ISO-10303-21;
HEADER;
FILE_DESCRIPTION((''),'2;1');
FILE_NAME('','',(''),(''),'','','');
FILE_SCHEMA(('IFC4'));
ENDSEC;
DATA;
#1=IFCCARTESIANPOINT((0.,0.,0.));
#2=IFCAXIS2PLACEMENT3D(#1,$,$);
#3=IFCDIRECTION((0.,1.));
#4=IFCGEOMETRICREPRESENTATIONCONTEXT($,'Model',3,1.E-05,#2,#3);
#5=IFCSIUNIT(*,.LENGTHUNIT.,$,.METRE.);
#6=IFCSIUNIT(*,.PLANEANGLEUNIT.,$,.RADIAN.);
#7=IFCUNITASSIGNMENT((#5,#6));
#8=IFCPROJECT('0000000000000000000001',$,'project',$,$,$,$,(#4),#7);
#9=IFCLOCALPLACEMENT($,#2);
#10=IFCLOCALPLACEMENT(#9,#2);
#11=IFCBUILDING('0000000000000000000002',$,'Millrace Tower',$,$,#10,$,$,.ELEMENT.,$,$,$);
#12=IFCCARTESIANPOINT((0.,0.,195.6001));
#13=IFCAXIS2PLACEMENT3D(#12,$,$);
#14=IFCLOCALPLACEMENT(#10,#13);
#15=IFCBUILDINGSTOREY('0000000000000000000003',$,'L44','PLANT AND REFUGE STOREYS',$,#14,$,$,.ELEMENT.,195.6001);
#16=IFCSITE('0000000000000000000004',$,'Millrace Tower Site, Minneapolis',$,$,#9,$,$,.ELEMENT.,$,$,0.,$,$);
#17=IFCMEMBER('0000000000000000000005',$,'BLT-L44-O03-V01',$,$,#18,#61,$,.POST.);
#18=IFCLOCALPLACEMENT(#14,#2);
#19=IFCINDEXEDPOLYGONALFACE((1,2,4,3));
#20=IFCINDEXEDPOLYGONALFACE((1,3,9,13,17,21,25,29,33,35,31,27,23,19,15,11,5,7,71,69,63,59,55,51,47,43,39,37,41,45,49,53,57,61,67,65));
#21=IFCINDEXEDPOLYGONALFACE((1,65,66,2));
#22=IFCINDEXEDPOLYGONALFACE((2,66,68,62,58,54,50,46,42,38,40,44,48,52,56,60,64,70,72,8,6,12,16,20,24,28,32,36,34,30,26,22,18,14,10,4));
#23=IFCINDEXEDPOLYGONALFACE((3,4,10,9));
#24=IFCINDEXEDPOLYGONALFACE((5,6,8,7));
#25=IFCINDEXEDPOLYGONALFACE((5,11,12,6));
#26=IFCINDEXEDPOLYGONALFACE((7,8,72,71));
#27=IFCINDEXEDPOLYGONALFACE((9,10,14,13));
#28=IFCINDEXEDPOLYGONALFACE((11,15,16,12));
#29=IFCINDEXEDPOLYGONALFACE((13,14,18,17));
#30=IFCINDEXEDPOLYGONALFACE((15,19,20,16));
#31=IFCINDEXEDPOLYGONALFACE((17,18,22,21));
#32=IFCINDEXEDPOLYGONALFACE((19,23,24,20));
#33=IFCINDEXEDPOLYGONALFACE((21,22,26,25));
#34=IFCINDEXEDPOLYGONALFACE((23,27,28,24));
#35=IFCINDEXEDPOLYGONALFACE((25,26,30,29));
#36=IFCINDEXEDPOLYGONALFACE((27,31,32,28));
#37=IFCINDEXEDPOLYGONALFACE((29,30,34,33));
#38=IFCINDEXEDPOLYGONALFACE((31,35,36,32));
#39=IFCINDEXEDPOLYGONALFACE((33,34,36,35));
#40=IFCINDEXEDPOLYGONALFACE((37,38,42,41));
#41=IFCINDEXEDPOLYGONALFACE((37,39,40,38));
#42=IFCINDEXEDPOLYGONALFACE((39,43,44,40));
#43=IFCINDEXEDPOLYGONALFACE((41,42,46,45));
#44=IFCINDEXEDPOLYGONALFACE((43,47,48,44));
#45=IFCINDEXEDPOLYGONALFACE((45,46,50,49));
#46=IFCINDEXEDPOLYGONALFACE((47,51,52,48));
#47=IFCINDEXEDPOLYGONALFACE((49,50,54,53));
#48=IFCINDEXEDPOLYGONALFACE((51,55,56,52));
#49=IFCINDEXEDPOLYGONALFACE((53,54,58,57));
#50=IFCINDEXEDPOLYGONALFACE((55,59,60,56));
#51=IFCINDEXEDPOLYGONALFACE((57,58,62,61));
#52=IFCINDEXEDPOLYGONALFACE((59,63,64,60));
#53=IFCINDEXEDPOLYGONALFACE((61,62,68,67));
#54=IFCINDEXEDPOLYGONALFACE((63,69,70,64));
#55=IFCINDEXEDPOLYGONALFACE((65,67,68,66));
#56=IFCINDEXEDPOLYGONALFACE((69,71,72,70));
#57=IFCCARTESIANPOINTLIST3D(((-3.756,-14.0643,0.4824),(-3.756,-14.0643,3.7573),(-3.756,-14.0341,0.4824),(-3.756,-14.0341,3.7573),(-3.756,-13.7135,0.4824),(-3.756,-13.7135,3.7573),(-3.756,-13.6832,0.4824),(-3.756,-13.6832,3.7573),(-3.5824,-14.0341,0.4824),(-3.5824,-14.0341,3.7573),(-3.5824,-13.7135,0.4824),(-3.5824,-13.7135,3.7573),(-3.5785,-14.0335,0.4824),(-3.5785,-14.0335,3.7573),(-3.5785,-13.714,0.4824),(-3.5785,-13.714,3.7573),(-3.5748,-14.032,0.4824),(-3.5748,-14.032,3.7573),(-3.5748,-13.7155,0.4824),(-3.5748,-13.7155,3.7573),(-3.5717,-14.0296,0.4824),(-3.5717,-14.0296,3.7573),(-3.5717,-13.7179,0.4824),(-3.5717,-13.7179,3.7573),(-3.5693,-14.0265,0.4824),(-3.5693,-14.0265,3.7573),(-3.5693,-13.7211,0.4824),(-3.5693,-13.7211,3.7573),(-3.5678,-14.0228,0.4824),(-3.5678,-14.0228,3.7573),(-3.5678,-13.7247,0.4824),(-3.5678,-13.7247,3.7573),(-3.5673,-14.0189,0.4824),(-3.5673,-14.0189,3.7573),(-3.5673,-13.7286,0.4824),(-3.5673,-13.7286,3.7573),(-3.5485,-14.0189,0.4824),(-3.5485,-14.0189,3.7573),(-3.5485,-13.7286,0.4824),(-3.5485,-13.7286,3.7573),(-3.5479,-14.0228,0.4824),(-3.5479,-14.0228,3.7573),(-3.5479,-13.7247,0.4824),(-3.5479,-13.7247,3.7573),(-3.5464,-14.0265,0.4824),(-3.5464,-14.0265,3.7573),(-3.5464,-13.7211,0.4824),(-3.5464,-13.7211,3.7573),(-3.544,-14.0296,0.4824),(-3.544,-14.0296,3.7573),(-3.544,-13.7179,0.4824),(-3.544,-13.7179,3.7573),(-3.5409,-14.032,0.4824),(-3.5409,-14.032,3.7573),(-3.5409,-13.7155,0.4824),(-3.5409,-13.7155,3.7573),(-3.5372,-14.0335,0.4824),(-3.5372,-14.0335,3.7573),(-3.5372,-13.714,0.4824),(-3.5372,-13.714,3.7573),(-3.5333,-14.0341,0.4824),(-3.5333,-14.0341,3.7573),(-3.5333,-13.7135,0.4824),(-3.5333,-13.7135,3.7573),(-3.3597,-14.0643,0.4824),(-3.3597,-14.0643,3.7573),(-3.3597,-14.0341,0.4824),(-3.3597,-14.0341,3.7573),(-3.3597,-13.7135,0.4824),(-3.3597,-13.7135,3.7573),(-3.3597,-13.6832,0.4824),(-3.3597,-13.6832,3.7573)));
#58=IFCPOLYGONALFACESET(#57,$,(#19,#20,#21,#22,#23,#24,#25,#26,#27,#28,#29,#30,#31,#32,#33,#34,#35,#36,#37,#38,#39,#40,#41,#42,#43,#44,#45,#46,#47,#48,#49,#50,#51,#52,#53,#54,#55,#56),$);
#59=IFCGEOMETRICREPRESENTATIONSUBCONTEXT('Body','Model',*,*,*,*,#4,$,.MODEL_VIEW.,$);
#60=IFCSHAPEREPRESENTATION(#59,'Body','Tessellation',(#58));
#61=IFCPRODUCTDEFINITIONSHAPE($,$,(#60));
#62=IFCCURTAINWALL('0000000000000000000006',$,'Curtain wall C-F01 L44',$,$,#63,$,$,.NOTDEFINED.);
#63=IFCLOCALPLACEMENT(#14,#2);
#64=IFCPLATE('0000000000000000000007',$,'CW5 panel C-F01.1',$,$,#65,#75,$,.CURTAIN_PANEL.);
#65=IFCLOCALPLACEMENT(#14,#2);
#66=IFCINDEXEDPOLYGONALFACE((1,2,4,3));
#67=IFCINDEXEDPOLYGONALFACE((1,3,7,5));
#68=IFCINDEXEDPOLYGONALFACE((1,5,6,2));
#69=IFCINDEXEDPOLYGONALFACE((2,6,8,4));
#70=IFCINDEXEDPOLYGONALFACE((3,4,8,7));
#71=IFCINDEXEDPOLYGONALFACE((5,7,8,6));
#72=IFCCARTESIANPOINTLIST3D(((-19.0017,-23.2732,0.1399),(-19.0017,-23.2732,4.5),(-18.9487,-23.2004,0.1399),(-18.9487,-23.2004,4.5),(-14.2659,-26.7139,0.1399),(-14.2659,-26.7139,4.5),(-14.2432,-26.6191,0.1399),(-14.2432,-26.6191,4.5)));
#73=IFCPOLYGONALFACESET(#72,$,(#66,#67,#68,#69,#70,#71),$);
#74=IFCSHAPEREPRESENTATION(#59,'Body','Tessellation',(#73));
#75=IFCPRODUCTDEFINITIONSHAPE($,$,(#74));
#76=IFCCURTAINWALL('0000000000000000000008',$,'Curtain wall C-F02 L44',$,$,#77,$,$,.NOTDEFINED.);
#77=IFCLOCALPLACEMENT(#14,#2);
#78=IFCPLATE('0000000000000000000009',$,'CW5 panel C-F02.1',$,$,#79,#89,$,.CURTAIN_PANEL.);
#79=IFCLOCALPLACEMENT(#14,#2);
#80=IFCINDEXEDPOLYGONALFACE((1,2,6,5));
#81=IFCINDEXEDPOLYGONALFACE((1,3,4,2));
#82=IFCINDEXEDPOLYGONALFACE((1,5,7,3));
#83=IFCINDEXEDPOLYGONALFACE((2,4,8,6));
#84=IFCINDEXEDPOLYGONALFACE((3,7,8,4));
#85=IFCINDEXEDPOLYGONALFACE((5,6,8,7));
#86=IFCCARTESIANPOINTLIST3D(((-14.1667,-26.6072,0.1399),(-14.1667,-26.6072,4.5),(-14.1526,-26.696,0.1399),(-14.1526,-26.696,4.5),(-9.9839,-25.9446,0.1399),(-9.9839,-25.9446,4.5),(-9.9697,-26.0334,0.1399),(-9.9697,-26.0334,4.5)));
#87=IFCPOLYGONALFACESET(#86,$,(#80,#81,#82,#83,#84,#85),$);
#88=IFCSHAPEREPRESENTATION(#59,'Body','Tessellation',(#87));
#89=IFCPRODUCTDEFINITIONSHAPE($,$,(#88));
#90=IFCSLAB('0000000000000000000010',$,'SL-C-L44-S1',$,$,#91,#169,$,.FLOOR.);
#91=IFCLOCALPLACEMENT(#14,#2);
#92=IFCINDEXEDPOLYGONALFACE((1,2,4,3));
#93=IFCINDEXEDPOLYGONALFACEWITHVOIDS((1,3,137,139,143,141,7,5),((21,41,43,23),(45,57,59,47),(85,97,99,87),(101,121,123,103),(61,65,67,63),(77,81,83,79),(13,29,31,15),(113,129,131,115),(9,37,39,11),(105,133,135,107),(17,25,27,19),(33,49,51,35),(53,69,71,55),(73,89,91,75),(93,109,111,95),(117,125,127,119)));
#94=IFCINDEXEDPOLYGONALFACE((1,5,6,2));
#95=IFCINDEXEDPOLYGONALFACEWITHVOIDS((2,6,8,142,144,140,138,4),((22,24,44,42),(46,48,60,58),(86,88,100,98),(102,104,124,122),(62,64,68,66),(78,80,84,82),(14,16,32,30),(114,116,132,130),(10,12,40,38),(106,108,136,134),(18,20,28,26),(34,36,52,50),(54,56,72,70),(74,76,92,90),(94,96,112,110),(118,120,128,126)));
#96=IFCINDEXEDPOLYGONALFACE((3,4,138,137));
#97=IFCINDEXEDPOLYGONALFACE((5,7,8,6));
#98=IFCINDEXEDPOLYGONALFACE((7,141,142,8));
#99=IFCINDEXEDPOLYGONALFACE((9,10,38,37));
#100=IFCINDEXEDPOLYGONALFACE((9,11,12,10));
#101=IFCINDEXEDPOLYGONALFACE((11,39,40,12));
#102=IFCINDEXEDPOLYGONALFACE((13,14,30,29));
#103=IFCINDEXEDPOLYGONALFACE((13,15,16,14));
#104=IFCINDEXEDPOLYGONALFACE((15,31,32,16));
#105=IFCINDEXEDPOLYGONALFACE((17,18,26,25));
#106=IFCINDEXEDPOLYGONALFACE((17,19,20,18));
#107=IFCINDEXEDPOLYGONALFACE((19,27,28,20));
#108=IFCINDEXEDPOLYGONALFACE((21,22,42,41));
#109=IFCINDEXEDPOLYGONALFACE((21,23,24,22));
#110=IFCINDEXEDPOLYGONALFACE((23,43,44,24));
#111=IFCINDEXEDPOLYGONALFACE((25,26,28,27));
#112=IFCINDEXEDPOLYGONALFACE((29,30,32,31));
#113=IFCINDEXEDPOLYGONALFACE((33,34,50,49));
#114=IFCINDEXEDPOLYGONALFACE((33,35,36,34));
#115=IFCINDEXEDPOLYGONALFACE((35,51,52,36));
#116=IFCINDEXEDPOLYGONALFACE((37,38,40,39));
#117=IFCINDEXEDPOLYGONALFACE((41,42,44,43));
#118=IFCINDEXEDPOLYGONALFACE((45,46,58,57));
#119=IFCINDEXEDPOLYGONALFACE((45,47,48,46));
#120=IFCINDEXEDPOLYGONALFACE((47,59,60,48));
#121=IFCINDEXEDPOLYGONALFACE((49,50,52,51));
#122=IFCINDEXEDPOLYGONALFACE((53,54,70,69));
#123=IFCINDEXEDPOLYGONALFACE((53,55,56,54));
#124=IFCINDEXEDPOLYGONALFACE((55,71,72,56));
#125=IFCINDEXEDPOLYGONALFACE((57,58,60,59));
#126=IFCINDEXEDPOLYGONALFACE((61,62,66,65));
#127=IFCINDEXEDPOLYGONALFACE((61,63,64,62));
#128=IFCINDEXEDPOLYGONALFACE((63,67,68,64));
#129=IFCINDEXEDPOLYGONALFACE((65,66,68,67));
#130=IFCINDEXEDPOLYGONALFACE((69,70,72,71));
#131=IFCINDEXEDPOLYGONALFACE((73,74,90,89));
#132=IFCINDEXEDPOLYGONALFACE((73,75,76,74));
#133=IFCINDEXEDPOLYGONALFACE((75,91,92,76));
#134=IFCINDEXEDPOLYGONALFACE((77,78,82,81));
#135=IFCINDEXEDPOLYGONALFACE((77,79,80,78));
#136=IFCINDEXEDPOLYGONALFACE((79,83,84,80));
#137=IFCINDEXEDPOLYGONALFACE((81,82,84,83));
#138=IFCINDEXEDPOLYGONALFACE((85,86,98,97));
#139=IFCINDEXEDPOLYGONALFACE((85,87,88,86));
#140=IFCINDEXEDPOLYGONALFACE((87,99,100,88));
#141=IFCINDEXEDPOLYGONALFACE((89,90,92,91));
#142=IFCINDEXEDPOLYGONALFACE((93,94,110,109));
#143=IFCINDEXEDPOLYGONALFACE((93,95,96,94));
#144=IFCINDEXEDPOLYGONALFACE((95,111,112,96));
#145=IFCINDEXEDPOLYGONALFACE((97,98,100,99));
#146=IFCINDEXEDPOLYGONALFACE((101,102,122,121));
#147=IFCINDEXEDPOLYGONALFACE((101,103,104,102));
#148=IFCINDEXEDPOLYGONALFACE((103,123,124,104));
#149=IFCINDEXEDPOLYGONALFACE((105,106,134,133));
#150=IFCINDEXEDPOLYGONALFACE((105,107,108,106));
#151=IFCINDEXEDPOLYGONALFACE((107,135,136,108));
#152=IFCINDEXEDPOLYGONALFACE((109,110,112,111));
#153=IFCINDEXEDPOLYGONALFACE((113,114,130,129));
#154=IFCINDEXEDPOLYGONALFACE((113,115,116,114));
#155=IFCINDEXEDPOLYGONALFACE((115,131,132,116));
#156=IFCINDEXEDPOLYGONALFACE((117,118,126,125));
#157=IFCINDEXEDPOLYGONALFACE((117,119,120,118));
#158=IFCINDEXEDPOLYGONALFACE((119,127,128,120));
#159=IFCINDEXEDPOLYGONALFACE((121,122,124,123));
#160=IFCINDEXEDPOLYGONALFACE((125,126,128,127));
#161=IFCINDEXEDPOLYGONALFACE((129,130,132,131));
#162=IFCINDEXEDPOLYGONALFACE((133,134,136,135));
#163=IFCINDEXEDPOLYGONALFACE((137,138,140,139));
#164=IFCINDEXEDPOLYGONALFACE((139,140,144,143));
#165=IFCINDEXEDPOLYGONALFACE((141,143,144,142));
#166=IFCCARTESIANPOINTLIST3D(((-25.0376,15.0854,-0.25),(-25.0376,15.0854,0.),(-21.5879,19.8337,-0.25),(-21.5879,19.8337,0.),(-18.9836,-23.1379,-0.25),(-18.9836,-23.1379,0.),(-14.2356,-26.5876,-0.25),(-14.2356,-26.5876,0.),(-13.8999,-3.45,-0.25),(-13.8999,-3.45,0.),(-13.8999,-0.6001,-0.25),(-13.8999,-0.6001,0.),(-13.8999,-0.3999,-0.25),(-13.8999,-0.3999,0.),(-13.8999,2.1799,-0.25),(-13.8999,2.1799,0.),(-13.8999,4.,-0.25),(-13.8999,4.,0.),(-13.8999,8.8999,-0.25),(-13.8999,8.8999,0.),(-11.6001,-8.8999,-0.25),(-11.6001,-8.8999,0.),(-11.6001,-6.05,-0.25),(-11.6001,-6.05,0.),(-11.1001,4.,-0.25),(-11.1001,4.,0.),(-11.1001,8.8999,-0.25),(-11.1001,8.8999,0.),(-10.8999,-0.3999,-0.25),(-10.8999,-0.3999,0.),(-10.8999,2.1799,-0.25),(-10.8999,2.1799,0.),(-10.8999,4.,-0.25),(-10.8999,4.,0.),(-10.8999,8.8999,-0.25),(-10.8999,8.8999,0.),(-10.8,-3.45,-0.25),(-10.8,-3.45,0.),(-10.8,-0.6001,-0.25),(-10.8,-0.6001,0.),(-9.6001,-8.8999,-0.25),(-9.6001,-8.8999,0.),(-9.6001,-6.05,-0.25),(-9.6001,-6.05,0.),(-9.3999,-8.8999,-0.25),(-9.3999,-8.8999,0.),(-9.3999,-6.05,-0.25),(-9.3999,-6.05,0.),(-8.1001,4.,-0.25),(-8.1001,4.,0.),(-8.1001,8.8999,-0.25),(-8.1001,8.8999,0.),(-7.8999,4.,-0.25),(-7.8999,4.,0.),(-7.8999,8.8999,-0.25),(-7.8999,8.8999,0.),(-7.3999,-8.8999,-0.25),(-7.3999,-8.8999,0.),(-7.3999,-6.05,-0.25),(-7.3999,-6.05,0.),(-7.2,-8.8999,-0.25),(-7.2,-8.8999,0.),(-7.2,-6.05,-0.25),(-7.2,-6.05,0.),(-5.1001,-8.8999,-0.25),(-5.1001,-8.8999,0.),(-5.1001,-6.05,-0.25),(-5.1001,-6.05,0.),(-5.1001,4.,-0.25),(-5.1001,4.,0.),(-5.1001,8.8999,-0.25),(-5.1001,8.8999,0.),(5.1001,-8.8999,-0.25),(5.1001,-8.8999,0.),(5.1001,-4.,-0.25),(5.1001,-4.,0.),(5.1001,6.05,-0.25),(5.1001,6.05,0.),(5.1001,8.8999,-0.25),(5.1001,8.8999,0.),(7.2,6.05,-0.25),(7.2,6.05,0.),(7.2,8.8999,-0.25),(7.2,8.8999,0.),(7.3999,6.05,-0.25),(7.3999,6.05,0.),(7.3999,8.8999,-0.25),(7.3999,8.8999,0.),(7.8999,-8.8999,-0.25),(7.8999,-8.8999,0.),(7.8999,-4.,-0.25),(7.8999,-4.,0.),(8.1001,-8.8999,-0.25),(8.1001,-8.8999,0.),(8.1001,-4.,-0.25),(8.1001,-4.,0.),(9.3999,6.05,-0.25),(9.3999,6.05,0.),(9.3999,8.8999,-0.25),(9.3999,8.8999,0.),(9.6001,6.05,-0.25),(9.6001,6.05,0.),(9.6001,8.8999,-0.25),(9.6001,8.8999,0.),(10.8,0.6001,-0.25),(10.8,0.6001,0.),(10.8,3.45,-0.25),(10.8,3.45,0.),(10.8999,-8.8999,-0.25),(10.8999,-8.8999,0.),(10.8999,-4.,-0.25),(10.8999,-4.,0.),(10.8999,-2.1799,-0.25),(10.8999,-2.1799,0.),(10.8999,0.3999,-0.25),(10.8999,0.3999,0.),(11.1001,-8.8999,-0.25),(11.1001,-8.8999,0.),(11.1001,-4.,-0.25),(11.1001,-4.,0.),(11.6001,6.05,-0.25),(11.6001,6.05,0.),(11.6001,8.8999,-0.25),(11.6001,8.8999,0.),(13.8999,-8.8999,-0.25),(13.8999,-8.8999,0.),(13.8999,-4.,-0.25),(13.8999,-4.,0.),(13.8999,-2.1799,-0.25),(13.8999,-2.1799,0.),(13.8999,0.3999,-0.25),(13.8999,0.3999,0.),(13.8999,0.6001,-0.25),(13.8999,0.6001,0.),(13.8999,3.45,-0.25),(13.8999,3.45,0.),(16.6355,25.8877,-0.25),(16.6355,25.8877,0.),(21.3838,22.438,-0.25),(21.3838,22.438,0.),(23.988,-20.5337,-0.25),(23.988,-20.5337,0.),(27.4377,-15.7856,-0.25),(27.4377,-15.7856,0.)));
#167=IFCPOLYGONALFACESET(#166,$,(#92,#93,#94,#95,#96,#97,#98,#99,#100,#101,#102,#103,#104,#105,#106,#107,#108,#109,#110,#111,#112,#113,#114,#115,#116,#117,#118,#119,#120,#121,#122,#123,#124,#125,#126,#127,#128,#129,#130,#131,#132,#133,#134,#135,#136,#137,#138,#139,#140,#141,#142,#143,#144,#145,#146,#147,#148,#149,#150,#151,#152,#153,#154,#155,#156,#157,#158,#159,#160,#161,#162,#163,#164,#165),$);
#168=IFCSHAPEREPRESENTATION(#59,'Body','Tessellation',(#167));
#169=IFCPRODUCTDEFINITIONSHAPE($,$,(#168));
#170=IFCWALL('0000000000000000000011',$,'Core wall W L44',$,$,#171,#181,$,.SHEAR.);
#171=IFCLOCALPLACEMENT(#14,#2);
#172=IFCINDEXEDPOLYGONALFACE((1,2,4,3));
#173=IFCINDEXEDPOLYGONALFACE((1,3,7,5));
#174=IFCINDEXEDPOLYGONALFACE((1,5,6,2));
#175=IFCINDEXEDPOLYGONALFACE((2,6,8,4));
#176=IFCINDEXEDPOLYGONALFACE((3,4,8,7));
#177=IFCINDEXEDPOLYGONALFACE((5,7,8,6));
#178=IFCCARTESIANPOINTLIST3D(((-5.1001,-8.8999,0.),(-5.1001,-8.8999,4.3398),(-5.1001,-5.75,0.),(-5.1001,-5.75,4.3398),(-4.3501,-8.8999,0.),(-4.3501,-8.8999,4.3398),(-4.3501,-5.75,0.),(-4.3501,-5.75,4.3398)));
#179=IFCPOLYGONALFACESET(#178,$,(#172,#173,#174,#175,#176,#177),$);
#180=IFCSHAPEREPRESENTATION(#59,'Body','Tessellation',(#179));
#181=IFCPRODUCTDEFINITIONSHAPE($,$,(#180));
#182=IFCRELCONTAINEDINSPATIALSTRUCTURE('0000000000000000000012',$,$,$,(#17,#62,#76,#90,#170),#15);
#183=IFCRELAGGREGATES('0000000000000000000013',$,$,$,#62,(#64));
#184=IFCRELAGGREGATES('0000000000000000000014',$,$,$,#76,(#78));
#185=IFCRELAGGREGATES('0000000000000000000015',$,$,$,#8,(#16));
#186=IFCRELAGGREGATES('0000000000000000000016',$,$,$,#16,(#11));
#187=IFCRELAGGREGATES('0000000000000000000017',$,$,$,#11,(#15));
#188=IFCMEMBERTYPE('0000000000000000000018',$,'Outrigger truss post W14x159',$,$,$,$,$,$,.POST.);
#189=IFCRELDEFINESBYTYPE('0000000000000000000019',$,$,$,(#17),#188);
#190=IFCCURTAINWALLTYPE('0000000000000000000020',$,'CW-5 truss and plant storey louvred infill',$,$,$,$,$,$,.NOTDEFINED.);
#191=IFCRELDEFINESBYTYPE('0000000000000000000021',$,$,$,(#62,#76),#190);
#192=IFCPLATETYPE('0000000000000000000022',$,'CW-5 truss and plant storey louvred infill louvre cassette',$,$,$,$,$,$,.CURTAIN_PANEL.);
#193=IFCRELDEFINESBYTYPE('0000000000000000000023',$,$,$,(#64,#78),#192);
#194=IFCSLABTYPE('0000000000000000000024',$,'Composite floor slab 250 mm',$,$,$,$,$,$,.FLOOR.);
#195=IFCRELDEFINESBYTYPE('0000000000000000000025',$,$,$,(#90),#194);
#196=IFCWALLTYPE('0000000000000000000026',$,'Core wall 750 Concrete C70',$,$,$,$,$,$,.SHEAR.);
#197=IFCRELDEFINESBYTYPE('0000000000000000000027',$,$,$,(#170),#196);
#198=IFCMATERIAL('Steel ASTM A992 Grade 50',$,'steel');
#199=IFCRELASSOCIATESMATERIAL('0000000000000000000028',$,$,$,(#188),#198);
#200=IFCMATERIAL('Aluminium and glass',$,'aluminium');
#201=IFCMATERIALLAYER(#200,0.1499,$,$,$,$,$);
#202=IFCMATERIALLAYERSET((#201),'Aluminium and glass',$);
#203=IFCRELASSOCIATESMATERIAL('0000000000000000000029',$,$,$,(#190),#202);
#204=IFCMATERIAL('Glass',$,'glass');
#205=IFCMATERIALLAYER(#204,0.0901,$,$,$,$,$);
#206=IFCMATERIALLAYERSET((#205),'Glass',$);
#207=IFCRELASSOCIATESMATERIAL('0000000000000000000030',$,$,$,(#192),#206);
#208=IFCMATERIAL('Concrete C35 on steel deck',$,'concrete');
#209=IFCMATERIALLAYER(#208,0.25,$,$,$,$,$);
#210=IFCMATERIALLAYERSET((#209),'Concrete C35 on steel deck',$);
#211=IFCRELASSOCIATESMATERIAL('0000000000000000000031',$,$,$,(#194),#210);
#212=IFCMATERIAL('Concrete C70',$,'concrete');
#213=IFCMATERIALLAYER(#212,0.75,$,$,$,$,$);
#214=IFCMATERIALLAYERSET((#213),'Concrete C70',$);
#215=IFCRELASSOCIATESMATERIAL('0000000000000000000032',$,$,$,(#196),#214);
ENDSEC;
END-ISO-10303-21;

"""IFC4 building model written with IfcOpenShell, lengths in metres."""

from ifc_helpers import new_model, si_unit, direction, frame, frame_2d, origin, origin_2d, place, context, subcontext, project, spatial, polyline, rectangle, i_section, outline, extrude, material, layer, layer_set, material_profile, profile_set, type_object, element, aggregate, save


model = new_model("IFC4")

# Units and contexts
model_context = context("Model", 3, precision=1e-05, world=origin(), true_north=direction((0.0, 1.0)))
body_context = subcontext(model_context, "Body", "Model", "MODEL_VIEW")
ifc_project = project(units=[si_unit("LENGTHUNIT", "METRE"), si_unit("PLANEANGLEUNIT", "RADIAN")], contexts=[model_context])

# Site, building, storey
site_placement = place(None, origin())
site = spatial("IfcSite", under=ifc_project, at=site_placement, Name="Millrace Tower Site, Minneapolis", CompositionType="ELEMENT", RefElevation=0.0)
building_placement = place(site_placement, origin())
building = spatial("IfcBuilding", under=site, at=building_placement, Name="Millrace Tower", CompositionType="ELEMENT")
storey_placement = place(building_placement, frame((0.0, 0.0, 195.6001)))
storey = spatial("IfcBuildingStorey", under=building, at=storey_placement, Name="L44", Description="PLANT AND REFUGE STOREYS", CompositionType="ELEMENT", Elevation=195.6001)

# Member
ifc_material_1 = material(Name="Steel ASTM A992 Grade 50", Category="steel")
ifc_material_profile_1 = material_profile(ifc_material_1, i_section(OverallWidth=0.3962, OverallDepth=0.3811, WebThickness=0.0188, FlangeThickness=0.0303, FilletRadius=0.0151, at=origin_2d()))
ifc_profile_set_1 = profile_set([ifc_material_profile_1], Name="Steel ASTM A992 Grade 50")
member_type_1 = type_object("IfcMemberType", Name="Outrigger truss post W14x159", PredefinedType="POST", material=ifc_profile_set_1)
for number, where, z_axis, x_axis, name in (
    (1, (-3.5579, -13.8738, 0.4824), (0.0, 0.0, 1.0), (1.0, 0.0, 0.0), "BLT-L44-O03-V01"),
):
    element("IfcMember", number, at=place(storey_placement, frame(where, z_axis=z_axis, x_axis=x_axis)), inside=storey, type_object=member_type_1, Name=name, PredefinedType="POST", context=body_context, shape_type="SweptSolid", body=[
        extrude(i_section(OverallWidth=0.3962, OverallDepth=0.3811, WebThickness=0.0188, FlangeThickness=0.0303, FilletRadius=0.0151, at=origin_2d()), origin(), (0.0, 0.0, 1.0), 3.2749),
    ])

# Curtain walls, plates
ifc_material_2 = material(Name="Aluminium and glass", Category="aluminium")
ifc_layer_1 = layer(ifc_material_2, 0.1499)
ifc_layer_set_1 = layer_set([ifc_layer_1], Name="Aluminium and glass")
curtain_wall_type = type_object("IfcCurtainWallType", Name="CW-5 truss and plant storey louvred infill", PredefinedType="NOTDEFINED", material=ifc_layer_set_1)
placement_1 = place(storey_placement, origin())
curtain_wall_1 = element("IfcCurtainWall", 2, at=placement_1, inside=storey, type_object=curtain_wall_type, Name="Curtain wall C-F01 L44", PredefinedType="NOTDEFINED")
ifc_material_3 = material(Name="Glass", Category="glass")
ifc_layer_2 = layer(ifc_material_3, 0.0901)
ifc_layer_set_2 = layer_set([ifc_layer_2], Name="Glass")
plate_type = type_object("IfcPlateType", Name="CW-5 truss and plant storey louvred infill louvre cassette", PredefinedType="CURTAIN_PANEL", material=ifc_layer_set_2)
placement_2 = place(storey_placement, frame((0.0, 0.0, 0.1399)))
plate_1 = element("IfcPlate", 3, at=placement_2, type_object=plate_type, Name="CW5 panel C-F01.1", PredefinedType="CURTAIN_PANEL", context=body_context, shape_type="SweptSolid", body=[
    extrude(outline(polyline([(-19.0017, -23.2732), (-14.2659, -26.7139), (-14.2432, -26.6191), (-18.9487, -23.2004), (-19.0017, -23.2732)])), origin(), (0.0, 0.0, 1.0), 4.3601),
])
aggregate(curtain_wall_1, [plate_1])
curtain_wall_2 = element("IfcCurtainWall", 4, at=placement_1, inside=storey, type_object=curtain_wall_type, Name="Curtain wall C-F02 L44", PredefinedType="NOTDEFINED")
plate_2 = element("IfcPlate", 5, at=placement_2, type_object=plate_type, Name="CW5 panel C-F02.1", PredefinedType="CURTAIN_PANEL", context=body_context, shape_type="SweptSolid", body=[
    extrude(outline(polyline([(-14.1526, -26.696), (-9.9697, -26.0334), (-9.9839, -25.9446), (-14.1667, -26.6072), (-14.1526, -26.696)])), origin(), (0.0, 0.0, 1.0), 4.3601),
])
aggregate(curtain_wall_2, [plate_2])

# Slab
ifc_material_4 = material(Name="Concrete C35 on steel deck", Category="concrete")
ifc_layer_3 = layer(ifc_material_4, 0.25)
ifc_layer_set_3 = layer_set([ifc_layer_3], Name="Concrete C35 on steel deck")
slab_type = type_object("IfcSlabType", Name="Composite floor slab 250 mm", PredefinedType="FLOOR", material=ifc_layer_set_3)
slab_placement = place(storey_placement, frame((0.0, 0.0, -0.25)))
element("IfcSlab", 6, at=slab_placement, inside=storey, type_object=slab_type, Name="SL-C-L44-S1", PredefinedType="FLOOR", context=body_context, shape_type="SweptSolid", body=[
    extrude(outline(polyline([(-18.9836, -23.1379), (-14.2356, -26.5876), (23.988, -20.5337), (27.4377, -15.7856), (21.3838, 22.438), (16.6355, 25.8877), (-21.5879, 19.8337), (-25.0376, 15.0854), (-18.9836, -23.1379)]), holes=[polyline([(-11.6001, -8.8999), (-9.6001, -8.8999), (-9.6001, -6.05), (-11.6001, -6.05), (-11.6001, -8.8999)]), polyline([(-9.3999, -8.8999), (-7.3999, -8.8999), (-7.3999, -6.05), (-9.3999, -6.05), (-9.3999, -8.8999)]), polyline([(-7.2, -8.8999), (-5.1001, -8.8999), (-5.1001, -6.05), (-7.2, -6.05), (-7.2, -8.8999)]), polyline([(-13.8999, -3.45), (-10.8, -3.45), (-10.8, -0.6001), (-13.8999, -0.6001), (-13.8999, -3.45)]), polyline([(-13.8999, -0.3999), (-10.8999, -0.3999), (-10.8999, 2.1799), (-13.8999, 2.1799), (-13.8999, -0.3999)]), polyline([(-13.8999, 4.0), (-11.1001, 4.0), (-11.1001, 8.8999), (-13.8999, 8.8999), (-13.8999, 4.0)]), polyline([(-10.8999, 4.0), (-8.1001, 4.0), (-8.1001, 8.8999), (-10.8999, 8.8999), (-10.8999, 4.0)]), polyline([(-7.8999, 4.0), (-5.1001, 4.0), (-5.1001, 8.8999), (-7.8999, 8.8999), (-7.8999, 4.0)]), polyline([(9.6001, 6.05), (11.6001, 6.05), (11.6001, 8.8999), (9.6001, 8.8999), (9.6001, 6.05)]), polyline([(7.3999, 6.05), (9.3999, 6.05), (9.3999, 8.8999), (7.3999, 8.8999), (7.3999, 6.05)]), polyline([(5.1001, 6.05), (7.2, 6.05), (7.2, 8.8999), (5.1001, 8.8999), (5.1001, 6.05)]), polyline([(10.8, 0.6001), (13.8999, 0.6001), (13.8999, 3.45), (10.8, 3.45), (10.8, 0.6001)]), polyline([(10.8999, -2.1799), (13.8999, -2.1799), (13.8999, 0.3999), (10.8999, 0.3999), (10.8999, -2.1799)]), polyline([(11.1001, -8.8999), (13.8999, -8.8999), (13.8999, -4.0), (11.1001, -4.0), (11.1001, -8.8999)]), polyline([(8.1001, -8.8999), (10.8999, -8.8999), (10.8999, -4.0), (8.1001, -4.0), (8.1001, -8.8999)]), polyline([(5.1001, -8.8999), (7.8999, -8.8999), (7.8999, -4.0), (5.1001, -4.0), (5.1001, -8.8999)])]), origin(), (0.0, 0.0, 1.0), 0.25),
])

# Wall
ifc_material_5 = material(Name="Concrete C70", Category="concrete")
ifc_layer_4 = layer(ifc_material_5, 0.75)
ifc_layer_set_4 = layer_set([ifc_layer_4], Name="Concrete C70")
wall_type_1 = type_object("IfcWallType", Name="Core wall 750 Concrete C70", PredefinedType="SHEAR", material=ifc_layer_set_4)
wall_1_placement = place(storey_placement, frame((-4.7251, -8.8999, 0.0), z_axis=(0.0, 0.0, 1.0), x_axis=(0.0, 1.0, 0.0)))
element("IfcWall", 7, at=wall_1_placement, inside=storey, type_object=wall_type_1, Name="Core wall W L44", PredefinedType="SHEAR", context=body_context, shape_type="SweptSolid", body=[
    extrude(rectangle(XDim=3.1499, YDim=0.75, at=frame_2d((1.575, 0.0))), origin(), (0.0, 0.0, 1.0), 4.3398),
])

save(model, "model.ifc")
